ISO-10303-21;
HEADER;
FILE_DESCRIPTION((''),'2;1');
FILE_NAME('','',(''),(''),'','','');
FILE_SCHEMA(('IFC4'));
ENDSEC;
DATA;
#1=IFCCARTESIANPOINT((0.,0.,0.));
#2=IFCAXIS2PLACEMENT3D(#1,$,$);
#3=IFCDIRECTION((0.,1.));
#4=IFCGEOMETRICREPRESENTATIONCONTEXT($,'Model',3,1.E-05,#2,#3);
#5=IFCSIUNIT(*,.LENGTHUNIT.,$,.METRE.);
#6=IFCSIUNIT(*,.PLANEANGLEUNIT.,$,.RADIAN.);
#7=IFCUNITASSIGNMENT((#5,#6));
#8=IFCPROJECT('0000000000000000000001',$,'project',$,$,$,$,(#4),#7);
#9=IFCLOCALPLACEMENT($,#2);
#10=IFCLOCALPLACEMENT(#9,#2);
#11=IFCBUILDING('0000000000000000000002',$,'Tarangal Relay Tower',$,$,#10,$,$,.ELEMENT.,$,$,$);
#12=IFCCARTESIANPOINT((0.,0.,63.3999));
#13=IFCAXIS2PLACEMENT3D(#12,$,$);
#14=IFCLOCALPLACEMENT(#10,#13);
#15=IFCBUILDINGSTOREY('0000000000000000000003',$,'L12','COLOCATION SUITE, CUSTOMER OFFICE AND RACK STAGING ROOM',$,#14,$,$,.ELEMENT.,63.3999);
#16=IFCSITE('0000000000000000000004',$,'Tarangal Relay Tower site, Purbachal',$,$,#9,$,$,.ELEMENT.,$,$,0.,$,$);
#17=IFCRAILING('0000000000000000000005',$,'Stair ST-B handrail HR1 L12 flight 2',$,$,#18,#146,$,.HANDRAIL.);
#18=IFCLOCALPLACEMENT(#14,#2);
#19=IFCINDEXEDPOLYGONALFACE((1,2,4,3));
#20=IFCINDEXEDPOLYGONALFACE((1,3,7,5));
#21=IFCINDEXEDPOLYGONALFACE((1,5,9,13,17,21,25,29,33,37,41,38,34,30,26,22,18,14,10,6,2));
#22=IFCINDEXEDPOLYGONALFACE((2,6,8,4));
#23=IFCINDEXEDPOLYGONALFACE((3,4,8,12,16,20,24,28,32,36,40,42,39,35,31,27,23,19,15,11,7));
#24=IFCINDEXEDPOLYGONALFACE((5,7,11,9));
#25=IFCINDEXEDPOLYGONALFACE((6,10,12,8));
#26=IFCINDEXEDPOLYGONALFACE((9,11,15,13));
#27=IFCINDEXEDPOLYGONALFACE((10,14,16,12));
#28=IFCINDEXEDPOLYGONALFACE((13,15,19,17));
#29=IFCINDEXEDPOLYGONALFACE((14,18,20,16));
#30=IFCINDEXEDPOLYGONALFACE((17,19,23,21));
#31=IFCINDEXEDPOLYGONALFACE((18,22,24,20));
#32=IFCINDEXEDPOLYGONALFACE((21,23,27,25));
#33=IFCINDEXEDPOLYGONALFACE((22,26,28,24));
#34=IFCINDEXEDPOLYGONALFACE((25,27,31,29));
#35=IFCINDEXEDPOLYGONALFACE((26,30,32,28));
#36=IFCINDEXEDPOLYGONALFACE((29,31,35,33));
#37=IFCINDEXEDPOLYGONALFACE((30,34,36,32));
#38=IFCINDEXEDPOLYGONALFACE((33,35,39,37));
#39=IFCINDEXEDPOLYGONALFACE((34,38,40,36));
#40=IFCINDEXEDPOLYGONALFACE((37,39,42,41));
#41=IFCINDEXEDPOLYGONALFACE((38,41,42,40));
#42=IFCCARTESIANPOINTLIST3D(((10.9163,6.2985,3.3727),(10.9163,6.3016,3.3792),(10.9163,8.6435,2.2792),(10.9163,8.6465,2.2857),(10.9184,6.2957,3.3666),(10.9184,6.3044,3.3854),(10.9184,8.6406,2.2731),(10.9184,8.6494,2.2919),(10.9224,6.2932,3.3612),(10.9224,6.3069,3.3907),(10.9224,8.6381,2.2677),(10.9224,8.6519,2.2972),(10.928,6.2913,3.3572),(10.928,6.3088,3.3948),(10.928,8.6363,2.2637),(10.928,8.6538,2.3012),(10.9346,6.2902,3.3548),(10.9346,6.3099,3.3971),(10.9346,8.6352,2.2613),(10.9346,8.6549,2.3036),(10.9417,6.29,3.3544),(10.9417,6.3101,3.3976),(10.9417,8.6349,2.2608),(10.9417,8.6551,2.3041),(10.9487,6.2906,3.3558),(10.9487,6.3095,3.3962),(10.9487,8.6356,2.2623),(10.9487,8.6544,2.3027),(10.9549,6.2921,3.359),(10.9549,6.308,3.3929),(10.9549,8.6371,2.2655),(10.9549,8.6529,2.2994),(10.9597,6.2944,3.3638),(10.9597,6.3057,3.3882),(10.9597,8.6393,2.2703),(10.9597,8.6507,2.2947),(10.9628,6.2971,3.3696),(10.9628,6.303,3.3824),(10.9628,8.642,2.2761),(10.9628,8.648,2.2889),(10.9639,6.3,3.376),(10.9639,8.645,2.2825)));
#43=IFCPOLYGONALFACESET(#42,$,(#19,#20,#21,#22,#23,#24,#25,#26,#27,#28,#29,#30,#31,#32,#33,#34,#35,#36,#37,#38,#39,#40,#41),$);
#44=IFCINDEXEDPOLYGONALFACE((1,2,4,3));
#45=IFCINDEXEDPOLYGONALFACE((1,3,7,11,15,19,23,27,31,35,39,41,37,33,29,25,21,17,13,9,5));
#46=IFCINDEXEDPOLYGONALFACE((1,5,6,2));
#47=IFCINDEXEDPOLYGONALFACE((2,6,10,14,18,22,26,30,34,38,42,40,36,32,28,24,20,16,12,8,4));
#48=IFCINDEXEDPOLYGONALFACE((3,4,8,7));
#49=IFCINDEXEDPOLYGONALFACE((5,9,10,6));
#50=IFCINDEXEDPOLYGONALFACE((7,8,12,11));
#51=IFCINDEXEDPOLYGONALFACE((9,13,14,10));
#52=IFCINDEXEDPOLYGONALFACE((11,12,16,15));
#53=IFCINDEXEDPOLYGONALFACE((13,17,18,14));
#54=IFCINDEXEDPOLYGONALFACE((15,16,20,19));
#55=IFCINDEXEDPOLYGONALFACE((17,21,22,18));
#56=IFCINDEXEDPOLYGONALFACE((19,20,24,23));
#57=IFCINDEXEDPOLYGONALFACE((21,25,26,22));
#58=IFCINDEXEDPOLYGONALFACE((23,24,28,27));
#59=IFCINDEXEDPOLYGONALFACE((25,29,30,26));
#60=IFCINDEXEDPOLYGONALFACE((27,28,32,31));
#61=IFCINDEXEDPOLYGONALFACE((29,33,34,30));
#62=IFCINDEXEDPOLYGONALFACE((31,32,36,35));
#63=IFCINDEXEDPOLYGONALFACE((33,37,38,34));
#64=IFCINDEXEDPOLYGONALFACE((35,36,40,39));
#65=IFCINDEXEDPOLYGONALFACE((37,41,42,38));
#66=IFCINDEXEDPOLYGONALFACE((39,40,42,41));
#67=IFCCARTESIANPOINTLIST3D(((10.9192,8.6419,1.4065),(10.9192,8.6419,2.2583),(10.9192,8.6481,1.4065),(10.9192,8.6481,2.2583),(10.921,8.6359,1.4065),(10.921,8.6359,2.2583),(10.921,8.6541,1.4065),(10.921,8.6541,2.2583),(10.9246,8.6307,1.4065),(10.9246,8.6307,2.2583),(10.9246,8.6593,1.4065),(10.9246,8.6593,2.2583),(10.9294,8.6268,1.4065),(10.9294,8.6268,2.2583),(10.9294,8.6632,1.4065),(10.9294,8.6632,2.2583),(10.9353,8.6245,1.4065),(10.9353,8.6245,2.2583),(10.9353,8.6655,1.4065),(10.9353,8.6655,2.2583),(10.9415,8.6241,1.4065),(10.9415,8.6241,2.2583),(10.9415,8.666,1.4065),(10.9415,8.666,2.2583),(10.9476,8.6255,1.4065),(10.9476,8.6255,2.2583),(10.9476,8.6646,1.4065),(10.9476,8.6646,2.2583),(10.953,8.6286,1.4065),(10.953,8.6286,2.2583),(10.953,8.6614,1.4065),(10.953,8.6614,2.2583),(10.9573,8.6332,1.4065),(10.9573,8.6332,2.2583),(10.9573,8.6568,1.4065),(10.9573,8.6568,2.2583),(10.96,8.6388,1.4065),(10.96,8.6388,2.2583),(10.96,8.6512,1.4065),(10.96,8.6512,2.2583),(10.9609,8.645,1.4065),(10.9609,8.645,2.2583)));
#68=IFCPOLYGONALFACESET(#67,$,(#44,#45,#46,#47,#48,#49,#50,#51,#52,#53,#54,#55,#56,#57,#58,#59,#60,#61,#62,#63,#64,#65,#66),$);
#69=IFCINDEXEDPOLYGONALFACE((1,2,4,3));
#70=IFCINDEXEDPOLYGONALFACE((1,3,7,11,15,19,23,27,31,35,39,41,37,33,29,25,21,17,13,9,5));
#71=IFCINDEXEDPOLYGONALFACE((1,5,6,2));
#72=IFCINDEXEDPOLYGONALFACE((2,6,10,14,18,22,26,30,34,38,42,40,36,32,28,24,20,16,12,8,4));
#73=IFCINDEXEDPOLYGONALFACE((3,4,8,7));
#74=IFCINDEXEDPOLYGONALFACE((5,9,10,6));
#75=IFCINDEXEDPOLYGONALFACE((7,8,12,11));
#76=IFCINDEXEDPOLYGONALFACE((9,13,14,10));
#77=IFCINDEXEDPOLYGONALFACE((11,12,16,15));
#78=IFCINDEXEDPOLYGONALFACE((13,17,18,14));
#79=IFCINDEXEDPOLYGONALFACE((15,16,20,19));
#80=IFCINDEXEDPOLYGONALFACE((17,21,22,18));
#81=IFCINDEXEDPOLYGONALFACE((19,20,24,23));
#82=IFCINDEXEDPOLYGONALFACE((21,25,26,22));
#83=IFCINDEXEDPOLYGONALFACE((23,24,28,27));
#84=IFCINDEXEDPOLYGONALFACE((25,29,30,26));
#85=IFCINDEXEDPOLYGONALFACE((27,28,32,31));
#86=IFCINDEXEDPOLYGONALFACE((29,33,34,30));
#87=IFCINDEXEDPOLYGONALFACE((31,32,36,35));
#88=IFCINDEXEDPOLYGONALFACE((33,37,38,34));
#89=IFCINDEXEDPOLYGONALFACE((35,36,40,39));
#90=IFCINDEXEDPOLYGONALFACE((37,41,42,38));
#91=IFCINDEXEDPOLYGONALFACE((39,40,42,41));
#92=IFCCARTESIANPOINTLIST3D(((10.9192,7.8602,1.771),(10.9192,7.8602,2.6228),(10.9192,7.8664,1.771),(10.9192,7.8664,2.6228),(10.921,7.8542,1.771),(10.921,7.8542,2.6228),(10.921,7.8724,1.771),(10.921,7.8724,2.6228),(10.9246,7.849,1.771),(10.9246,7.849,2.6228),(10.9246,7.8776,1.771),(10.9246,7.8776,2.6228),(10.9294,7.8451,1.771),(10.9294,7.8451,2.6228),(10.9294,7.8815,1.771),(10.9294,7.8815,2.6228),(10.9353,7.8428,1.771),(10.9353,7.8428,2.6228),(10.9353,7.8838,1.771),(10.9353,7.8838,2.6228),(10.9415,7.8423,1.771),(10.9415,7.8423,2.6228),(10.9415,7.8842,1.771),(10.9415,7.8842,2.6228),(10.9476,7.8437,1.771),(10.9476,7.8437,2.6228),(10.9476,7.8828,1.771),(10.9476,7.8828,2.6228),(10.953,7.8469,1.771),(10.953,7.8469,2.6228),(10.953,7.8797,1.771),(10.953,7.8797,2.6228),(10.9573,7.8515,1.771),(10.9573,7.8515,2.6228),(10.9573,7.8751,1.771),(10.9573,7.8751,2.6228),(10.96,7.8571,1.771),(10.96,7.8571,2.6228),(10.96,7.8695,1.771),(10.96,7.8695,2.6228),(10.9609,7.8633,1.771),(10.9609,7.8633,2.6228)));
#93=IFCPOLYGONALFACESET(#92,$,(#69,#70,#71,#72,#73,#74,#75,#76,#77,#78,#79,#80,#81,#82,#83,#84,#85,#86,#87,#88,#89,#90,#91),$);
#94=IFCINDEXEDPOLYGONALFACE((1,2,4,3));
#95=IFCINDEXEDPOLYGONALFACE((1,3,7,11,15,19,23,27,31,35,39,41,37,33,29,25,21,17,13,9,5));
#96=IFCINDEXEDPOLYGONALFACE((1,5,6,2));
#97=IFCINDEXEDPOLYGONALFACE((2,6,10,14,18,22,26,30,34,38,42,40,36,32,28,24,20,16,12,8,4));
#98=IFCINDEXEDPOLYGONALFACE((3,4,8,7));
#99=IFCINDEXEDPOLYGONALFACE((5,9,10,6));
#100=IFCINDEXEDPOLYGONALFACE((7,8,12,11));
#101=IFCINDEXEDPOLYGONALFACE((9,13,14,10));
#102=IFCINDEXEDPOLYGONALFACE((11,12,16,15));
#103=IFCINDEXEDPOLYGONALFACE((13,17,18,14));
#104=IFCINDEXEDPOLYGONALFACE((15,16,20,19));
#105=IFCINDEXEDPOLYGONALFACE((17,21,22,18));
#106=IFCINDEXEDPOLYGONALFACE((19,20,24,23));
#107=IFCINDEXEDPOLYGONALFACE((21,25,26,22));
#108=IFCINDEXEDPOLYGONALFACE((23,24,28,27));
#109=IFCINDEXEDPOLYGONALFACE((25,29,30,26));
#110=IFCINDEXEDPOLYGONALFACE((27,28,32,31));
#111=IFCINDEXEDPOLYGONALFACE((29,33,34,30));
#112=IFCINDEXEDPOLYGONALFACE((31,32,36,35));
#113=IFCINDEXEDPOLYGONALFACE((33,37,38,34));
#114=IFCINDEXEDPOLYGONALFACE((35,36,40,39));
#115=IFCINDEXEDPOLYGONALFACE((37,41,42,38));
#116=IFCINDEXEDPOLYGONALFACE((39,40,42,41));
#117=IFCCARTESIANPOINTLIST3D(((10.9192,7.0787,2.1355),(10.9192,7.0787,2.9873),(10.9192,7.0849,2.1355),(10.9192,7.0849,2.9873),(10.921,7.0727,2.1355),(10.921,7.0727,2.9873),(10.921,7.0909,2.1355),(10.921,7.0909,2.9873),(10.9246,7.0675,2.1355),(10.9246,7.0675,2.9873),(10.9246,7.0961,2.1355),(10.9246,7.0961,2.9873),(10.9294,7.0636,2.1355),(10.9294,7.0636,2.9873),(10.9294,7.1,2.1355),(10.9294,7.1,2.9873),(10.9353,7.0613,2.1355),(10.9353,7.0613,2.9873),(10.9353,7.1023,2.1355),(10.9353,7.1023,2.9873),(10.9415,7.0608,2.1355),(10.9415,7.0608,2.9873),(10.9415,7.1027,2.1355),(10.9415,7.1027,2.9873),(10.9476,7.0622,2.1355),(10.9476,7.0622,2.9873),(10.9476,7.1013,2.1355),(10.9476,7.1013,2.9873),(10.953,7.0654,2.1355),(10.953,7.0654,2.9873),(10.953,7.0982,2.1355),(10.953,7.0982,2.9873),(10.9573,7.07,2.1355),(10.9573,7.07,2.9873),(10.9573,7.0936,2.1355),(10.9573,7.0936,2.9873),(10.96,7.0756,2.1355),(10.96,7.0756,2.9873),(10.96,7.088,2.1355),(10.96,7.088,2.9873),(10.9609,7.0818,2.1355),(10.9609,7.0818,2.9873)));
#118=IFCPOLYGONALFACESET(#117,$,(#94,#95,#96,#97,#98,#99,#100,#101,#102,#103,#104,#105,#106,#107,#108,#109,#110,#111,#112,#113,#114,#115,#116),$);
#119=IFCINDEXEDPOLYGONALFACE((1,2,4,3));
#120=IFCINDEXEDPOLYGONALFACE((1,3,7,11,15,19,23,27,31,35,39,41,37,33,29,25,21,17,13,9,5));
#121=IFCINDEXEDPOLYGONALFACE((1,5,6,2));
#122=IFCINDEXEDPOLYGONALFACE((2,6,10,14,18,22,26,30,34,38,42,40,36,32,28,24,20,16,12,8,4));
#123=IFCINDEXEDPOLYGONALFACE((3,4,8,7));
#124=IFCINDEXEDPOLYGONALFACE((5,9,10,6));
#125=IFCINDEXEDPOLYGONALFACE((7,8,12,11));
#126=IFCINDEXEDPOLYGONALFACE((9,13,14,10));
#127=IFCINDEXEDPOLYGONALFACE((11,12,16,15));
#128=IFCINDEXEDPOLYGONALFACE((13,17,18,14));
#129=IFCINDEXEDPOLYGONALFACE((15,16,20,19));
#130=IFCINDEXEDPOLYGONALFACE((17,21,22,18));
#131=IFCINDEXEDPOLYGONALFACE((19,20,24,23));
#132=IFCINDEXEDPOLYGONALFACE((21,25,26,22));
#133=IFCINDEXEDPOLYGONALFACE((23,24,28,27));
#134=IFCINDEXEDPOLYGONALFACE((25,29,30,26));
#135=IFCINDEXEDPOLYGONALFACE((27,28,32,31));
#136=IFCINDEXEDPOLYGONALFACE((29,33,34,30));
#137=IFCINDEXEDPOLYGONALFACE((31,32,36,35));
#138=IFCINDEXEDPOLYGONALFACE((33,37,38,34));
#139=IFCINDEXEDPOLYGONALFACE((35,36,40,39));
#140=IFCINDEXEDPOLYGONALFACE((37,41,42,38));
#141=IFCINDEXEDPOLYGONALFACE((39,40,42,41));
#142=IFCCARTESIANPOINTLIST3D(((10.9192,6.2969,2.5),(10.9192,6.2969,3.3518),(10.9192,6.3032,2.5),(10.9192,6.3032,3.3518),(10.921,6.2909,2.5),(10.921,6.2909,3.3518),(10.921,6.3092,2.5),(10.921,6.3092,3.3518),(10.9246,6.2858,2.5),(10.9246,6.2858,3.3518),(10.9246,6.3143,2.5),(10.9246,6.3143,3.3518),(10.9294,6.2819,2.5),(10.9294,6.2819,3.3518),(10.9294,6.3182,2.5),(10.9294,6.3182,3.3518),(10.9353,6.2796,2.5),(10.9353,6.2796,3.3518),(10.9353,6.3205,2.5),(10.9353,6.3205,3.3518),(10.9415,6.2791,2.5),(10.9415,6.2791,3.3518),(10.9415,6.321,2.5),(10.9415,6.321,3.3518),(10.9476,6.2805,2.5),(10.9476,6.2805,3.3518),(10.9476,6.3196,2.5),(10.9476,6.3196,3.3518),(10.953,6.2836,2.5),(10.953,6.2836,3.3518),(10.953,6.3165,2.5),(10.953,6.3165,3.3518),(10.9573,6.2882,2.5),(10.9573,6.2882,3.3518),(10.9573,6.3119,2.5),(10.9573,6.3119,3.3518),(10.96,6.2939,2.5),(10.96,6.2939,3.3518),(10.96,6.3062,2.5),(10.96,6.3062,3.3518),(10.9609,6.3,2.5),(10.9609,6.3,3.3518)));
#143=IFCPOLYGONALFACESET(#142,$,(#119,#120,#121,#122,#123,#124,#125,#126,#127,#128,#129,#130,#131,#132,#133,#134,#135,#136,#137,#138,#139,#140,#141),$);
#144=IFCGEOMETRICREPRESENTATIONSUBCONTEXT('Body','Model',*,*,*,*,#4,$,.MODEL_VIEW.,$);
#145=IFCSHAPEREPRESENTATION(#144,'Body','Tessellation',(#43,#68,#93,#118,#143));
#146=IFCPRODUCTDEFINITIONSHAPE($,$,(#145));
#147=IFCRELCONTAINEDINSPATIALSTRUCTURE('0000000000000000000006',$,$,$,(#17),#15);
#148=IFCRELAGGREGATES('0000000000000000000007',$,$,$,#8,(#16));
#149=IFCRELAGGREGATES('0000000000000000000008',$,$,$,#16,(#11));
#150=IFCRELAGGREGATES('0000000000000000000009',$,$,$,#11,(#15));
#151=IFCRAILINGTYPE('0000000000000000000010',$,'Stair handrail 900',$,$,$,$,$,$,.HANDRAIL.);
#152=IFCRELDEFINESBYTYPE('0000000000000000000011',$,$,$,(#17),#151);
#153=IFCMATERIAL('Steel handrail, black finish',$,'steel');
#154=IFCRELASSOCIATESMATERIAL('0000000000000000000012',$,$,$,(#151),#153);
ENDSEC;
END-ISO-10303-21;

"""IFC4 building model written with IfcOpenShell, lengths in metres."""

from ifc_helpers import new_model, si_unit, direction, frame, origin, origin_2d, place, context, subcontext, project, spatial, circle, extrude, material, type_object, element, save


model = new_model("IFC4")

# Units and contexts
model_context = context("Model", 3, precision=1e-05, world=origin(), true_north=direction((0.0, 1.0)))
body_context = subcontext(model_context, "Body", "Model", "MODEL_VIEW")
ifc_project = project(units=[si_unit("LENGTHUNIT", "METRE"), si_unit("PLANEANGLEUNIT", "RADIAN")], contexts=[model_context])

# Site, building, storey
site_placement = place(None, origin())
site = spatial("IfcSite", under=ifc_project, at=site_placement, Name="Tarangal Relay Tower site, Purbachal", CompositionType="ELEMENT", RefElevation=0.0)
building_placement = place(site_placement, origin())
building = spatial("IfcBuilding", under=site, at=building_placement, Name="Tarangal Relay Tower", CompositionType="ELEMENT")
storey_placement = place(building_placement, frame((0.0, 0.0, 63.3999)))
storey = spatial("IfcBuildingStorey", under=building, at=storey_placement, Name="L12", Description="COLOCATION SUITE, CUSTOMER OFFICE AND RACK STAGING ROOM", CompositionType="ELEMENT", Elevation=63.3999)

# Railing
ifc_material_1 = material(Name="Steel handrail, black finish", Category="steel")
railing_type_1 = type_object("IfcRailingType", Name="Stair handrail 900", PredefinedType="HANDRAIL", material=ifc_material_1)
for number, where, name in (
    (1, (10.9399, 8.645, 1.4065), "Stair ST-B handrail HR1 L12 flight 2"),
):
    element("IfcRailing", number, at=place(storey_placement, frame(where)), inside=storey, type_object=railing_type_1, Name=name, PredefinedType="HANDRAIL", context=body_context, shape_type="SweptSolid", body=[
        extrude(circle(Radius=0.0239, at=origin_2d()), frame((0.0, 0.0, 0.876), z_axis=(0.0, -0.906304, 0.422627), x_axis=(1.0, 0.0, 0.0)), (0.0, 0.0, 1.0), 2.5874),
        extrude(circle(Radius=0.021, at=origin_2d()), origin(), (0.0, 0.0, 1.0), 0.8518),
        extrude(circle(Radius=0.021, at=origin_2d()), frame((0.0, -0.7817, 0.3645)), (0.0, 0.0, 1.0), 0.8518),
        extrude(circle(Radius=0.021, at=origin_2d()), frame((0.0, -1.5632, 0.729)), (0.0, 0.0, 1.0), 0.8518),
        extrude(circle(Radius=0.021, at=origin_2d()), frame((0.0, -2.345, 1.0935)), (0.0, 0.0, 1.0), 0.8518),
    ])

save(model, "model.ifc")
